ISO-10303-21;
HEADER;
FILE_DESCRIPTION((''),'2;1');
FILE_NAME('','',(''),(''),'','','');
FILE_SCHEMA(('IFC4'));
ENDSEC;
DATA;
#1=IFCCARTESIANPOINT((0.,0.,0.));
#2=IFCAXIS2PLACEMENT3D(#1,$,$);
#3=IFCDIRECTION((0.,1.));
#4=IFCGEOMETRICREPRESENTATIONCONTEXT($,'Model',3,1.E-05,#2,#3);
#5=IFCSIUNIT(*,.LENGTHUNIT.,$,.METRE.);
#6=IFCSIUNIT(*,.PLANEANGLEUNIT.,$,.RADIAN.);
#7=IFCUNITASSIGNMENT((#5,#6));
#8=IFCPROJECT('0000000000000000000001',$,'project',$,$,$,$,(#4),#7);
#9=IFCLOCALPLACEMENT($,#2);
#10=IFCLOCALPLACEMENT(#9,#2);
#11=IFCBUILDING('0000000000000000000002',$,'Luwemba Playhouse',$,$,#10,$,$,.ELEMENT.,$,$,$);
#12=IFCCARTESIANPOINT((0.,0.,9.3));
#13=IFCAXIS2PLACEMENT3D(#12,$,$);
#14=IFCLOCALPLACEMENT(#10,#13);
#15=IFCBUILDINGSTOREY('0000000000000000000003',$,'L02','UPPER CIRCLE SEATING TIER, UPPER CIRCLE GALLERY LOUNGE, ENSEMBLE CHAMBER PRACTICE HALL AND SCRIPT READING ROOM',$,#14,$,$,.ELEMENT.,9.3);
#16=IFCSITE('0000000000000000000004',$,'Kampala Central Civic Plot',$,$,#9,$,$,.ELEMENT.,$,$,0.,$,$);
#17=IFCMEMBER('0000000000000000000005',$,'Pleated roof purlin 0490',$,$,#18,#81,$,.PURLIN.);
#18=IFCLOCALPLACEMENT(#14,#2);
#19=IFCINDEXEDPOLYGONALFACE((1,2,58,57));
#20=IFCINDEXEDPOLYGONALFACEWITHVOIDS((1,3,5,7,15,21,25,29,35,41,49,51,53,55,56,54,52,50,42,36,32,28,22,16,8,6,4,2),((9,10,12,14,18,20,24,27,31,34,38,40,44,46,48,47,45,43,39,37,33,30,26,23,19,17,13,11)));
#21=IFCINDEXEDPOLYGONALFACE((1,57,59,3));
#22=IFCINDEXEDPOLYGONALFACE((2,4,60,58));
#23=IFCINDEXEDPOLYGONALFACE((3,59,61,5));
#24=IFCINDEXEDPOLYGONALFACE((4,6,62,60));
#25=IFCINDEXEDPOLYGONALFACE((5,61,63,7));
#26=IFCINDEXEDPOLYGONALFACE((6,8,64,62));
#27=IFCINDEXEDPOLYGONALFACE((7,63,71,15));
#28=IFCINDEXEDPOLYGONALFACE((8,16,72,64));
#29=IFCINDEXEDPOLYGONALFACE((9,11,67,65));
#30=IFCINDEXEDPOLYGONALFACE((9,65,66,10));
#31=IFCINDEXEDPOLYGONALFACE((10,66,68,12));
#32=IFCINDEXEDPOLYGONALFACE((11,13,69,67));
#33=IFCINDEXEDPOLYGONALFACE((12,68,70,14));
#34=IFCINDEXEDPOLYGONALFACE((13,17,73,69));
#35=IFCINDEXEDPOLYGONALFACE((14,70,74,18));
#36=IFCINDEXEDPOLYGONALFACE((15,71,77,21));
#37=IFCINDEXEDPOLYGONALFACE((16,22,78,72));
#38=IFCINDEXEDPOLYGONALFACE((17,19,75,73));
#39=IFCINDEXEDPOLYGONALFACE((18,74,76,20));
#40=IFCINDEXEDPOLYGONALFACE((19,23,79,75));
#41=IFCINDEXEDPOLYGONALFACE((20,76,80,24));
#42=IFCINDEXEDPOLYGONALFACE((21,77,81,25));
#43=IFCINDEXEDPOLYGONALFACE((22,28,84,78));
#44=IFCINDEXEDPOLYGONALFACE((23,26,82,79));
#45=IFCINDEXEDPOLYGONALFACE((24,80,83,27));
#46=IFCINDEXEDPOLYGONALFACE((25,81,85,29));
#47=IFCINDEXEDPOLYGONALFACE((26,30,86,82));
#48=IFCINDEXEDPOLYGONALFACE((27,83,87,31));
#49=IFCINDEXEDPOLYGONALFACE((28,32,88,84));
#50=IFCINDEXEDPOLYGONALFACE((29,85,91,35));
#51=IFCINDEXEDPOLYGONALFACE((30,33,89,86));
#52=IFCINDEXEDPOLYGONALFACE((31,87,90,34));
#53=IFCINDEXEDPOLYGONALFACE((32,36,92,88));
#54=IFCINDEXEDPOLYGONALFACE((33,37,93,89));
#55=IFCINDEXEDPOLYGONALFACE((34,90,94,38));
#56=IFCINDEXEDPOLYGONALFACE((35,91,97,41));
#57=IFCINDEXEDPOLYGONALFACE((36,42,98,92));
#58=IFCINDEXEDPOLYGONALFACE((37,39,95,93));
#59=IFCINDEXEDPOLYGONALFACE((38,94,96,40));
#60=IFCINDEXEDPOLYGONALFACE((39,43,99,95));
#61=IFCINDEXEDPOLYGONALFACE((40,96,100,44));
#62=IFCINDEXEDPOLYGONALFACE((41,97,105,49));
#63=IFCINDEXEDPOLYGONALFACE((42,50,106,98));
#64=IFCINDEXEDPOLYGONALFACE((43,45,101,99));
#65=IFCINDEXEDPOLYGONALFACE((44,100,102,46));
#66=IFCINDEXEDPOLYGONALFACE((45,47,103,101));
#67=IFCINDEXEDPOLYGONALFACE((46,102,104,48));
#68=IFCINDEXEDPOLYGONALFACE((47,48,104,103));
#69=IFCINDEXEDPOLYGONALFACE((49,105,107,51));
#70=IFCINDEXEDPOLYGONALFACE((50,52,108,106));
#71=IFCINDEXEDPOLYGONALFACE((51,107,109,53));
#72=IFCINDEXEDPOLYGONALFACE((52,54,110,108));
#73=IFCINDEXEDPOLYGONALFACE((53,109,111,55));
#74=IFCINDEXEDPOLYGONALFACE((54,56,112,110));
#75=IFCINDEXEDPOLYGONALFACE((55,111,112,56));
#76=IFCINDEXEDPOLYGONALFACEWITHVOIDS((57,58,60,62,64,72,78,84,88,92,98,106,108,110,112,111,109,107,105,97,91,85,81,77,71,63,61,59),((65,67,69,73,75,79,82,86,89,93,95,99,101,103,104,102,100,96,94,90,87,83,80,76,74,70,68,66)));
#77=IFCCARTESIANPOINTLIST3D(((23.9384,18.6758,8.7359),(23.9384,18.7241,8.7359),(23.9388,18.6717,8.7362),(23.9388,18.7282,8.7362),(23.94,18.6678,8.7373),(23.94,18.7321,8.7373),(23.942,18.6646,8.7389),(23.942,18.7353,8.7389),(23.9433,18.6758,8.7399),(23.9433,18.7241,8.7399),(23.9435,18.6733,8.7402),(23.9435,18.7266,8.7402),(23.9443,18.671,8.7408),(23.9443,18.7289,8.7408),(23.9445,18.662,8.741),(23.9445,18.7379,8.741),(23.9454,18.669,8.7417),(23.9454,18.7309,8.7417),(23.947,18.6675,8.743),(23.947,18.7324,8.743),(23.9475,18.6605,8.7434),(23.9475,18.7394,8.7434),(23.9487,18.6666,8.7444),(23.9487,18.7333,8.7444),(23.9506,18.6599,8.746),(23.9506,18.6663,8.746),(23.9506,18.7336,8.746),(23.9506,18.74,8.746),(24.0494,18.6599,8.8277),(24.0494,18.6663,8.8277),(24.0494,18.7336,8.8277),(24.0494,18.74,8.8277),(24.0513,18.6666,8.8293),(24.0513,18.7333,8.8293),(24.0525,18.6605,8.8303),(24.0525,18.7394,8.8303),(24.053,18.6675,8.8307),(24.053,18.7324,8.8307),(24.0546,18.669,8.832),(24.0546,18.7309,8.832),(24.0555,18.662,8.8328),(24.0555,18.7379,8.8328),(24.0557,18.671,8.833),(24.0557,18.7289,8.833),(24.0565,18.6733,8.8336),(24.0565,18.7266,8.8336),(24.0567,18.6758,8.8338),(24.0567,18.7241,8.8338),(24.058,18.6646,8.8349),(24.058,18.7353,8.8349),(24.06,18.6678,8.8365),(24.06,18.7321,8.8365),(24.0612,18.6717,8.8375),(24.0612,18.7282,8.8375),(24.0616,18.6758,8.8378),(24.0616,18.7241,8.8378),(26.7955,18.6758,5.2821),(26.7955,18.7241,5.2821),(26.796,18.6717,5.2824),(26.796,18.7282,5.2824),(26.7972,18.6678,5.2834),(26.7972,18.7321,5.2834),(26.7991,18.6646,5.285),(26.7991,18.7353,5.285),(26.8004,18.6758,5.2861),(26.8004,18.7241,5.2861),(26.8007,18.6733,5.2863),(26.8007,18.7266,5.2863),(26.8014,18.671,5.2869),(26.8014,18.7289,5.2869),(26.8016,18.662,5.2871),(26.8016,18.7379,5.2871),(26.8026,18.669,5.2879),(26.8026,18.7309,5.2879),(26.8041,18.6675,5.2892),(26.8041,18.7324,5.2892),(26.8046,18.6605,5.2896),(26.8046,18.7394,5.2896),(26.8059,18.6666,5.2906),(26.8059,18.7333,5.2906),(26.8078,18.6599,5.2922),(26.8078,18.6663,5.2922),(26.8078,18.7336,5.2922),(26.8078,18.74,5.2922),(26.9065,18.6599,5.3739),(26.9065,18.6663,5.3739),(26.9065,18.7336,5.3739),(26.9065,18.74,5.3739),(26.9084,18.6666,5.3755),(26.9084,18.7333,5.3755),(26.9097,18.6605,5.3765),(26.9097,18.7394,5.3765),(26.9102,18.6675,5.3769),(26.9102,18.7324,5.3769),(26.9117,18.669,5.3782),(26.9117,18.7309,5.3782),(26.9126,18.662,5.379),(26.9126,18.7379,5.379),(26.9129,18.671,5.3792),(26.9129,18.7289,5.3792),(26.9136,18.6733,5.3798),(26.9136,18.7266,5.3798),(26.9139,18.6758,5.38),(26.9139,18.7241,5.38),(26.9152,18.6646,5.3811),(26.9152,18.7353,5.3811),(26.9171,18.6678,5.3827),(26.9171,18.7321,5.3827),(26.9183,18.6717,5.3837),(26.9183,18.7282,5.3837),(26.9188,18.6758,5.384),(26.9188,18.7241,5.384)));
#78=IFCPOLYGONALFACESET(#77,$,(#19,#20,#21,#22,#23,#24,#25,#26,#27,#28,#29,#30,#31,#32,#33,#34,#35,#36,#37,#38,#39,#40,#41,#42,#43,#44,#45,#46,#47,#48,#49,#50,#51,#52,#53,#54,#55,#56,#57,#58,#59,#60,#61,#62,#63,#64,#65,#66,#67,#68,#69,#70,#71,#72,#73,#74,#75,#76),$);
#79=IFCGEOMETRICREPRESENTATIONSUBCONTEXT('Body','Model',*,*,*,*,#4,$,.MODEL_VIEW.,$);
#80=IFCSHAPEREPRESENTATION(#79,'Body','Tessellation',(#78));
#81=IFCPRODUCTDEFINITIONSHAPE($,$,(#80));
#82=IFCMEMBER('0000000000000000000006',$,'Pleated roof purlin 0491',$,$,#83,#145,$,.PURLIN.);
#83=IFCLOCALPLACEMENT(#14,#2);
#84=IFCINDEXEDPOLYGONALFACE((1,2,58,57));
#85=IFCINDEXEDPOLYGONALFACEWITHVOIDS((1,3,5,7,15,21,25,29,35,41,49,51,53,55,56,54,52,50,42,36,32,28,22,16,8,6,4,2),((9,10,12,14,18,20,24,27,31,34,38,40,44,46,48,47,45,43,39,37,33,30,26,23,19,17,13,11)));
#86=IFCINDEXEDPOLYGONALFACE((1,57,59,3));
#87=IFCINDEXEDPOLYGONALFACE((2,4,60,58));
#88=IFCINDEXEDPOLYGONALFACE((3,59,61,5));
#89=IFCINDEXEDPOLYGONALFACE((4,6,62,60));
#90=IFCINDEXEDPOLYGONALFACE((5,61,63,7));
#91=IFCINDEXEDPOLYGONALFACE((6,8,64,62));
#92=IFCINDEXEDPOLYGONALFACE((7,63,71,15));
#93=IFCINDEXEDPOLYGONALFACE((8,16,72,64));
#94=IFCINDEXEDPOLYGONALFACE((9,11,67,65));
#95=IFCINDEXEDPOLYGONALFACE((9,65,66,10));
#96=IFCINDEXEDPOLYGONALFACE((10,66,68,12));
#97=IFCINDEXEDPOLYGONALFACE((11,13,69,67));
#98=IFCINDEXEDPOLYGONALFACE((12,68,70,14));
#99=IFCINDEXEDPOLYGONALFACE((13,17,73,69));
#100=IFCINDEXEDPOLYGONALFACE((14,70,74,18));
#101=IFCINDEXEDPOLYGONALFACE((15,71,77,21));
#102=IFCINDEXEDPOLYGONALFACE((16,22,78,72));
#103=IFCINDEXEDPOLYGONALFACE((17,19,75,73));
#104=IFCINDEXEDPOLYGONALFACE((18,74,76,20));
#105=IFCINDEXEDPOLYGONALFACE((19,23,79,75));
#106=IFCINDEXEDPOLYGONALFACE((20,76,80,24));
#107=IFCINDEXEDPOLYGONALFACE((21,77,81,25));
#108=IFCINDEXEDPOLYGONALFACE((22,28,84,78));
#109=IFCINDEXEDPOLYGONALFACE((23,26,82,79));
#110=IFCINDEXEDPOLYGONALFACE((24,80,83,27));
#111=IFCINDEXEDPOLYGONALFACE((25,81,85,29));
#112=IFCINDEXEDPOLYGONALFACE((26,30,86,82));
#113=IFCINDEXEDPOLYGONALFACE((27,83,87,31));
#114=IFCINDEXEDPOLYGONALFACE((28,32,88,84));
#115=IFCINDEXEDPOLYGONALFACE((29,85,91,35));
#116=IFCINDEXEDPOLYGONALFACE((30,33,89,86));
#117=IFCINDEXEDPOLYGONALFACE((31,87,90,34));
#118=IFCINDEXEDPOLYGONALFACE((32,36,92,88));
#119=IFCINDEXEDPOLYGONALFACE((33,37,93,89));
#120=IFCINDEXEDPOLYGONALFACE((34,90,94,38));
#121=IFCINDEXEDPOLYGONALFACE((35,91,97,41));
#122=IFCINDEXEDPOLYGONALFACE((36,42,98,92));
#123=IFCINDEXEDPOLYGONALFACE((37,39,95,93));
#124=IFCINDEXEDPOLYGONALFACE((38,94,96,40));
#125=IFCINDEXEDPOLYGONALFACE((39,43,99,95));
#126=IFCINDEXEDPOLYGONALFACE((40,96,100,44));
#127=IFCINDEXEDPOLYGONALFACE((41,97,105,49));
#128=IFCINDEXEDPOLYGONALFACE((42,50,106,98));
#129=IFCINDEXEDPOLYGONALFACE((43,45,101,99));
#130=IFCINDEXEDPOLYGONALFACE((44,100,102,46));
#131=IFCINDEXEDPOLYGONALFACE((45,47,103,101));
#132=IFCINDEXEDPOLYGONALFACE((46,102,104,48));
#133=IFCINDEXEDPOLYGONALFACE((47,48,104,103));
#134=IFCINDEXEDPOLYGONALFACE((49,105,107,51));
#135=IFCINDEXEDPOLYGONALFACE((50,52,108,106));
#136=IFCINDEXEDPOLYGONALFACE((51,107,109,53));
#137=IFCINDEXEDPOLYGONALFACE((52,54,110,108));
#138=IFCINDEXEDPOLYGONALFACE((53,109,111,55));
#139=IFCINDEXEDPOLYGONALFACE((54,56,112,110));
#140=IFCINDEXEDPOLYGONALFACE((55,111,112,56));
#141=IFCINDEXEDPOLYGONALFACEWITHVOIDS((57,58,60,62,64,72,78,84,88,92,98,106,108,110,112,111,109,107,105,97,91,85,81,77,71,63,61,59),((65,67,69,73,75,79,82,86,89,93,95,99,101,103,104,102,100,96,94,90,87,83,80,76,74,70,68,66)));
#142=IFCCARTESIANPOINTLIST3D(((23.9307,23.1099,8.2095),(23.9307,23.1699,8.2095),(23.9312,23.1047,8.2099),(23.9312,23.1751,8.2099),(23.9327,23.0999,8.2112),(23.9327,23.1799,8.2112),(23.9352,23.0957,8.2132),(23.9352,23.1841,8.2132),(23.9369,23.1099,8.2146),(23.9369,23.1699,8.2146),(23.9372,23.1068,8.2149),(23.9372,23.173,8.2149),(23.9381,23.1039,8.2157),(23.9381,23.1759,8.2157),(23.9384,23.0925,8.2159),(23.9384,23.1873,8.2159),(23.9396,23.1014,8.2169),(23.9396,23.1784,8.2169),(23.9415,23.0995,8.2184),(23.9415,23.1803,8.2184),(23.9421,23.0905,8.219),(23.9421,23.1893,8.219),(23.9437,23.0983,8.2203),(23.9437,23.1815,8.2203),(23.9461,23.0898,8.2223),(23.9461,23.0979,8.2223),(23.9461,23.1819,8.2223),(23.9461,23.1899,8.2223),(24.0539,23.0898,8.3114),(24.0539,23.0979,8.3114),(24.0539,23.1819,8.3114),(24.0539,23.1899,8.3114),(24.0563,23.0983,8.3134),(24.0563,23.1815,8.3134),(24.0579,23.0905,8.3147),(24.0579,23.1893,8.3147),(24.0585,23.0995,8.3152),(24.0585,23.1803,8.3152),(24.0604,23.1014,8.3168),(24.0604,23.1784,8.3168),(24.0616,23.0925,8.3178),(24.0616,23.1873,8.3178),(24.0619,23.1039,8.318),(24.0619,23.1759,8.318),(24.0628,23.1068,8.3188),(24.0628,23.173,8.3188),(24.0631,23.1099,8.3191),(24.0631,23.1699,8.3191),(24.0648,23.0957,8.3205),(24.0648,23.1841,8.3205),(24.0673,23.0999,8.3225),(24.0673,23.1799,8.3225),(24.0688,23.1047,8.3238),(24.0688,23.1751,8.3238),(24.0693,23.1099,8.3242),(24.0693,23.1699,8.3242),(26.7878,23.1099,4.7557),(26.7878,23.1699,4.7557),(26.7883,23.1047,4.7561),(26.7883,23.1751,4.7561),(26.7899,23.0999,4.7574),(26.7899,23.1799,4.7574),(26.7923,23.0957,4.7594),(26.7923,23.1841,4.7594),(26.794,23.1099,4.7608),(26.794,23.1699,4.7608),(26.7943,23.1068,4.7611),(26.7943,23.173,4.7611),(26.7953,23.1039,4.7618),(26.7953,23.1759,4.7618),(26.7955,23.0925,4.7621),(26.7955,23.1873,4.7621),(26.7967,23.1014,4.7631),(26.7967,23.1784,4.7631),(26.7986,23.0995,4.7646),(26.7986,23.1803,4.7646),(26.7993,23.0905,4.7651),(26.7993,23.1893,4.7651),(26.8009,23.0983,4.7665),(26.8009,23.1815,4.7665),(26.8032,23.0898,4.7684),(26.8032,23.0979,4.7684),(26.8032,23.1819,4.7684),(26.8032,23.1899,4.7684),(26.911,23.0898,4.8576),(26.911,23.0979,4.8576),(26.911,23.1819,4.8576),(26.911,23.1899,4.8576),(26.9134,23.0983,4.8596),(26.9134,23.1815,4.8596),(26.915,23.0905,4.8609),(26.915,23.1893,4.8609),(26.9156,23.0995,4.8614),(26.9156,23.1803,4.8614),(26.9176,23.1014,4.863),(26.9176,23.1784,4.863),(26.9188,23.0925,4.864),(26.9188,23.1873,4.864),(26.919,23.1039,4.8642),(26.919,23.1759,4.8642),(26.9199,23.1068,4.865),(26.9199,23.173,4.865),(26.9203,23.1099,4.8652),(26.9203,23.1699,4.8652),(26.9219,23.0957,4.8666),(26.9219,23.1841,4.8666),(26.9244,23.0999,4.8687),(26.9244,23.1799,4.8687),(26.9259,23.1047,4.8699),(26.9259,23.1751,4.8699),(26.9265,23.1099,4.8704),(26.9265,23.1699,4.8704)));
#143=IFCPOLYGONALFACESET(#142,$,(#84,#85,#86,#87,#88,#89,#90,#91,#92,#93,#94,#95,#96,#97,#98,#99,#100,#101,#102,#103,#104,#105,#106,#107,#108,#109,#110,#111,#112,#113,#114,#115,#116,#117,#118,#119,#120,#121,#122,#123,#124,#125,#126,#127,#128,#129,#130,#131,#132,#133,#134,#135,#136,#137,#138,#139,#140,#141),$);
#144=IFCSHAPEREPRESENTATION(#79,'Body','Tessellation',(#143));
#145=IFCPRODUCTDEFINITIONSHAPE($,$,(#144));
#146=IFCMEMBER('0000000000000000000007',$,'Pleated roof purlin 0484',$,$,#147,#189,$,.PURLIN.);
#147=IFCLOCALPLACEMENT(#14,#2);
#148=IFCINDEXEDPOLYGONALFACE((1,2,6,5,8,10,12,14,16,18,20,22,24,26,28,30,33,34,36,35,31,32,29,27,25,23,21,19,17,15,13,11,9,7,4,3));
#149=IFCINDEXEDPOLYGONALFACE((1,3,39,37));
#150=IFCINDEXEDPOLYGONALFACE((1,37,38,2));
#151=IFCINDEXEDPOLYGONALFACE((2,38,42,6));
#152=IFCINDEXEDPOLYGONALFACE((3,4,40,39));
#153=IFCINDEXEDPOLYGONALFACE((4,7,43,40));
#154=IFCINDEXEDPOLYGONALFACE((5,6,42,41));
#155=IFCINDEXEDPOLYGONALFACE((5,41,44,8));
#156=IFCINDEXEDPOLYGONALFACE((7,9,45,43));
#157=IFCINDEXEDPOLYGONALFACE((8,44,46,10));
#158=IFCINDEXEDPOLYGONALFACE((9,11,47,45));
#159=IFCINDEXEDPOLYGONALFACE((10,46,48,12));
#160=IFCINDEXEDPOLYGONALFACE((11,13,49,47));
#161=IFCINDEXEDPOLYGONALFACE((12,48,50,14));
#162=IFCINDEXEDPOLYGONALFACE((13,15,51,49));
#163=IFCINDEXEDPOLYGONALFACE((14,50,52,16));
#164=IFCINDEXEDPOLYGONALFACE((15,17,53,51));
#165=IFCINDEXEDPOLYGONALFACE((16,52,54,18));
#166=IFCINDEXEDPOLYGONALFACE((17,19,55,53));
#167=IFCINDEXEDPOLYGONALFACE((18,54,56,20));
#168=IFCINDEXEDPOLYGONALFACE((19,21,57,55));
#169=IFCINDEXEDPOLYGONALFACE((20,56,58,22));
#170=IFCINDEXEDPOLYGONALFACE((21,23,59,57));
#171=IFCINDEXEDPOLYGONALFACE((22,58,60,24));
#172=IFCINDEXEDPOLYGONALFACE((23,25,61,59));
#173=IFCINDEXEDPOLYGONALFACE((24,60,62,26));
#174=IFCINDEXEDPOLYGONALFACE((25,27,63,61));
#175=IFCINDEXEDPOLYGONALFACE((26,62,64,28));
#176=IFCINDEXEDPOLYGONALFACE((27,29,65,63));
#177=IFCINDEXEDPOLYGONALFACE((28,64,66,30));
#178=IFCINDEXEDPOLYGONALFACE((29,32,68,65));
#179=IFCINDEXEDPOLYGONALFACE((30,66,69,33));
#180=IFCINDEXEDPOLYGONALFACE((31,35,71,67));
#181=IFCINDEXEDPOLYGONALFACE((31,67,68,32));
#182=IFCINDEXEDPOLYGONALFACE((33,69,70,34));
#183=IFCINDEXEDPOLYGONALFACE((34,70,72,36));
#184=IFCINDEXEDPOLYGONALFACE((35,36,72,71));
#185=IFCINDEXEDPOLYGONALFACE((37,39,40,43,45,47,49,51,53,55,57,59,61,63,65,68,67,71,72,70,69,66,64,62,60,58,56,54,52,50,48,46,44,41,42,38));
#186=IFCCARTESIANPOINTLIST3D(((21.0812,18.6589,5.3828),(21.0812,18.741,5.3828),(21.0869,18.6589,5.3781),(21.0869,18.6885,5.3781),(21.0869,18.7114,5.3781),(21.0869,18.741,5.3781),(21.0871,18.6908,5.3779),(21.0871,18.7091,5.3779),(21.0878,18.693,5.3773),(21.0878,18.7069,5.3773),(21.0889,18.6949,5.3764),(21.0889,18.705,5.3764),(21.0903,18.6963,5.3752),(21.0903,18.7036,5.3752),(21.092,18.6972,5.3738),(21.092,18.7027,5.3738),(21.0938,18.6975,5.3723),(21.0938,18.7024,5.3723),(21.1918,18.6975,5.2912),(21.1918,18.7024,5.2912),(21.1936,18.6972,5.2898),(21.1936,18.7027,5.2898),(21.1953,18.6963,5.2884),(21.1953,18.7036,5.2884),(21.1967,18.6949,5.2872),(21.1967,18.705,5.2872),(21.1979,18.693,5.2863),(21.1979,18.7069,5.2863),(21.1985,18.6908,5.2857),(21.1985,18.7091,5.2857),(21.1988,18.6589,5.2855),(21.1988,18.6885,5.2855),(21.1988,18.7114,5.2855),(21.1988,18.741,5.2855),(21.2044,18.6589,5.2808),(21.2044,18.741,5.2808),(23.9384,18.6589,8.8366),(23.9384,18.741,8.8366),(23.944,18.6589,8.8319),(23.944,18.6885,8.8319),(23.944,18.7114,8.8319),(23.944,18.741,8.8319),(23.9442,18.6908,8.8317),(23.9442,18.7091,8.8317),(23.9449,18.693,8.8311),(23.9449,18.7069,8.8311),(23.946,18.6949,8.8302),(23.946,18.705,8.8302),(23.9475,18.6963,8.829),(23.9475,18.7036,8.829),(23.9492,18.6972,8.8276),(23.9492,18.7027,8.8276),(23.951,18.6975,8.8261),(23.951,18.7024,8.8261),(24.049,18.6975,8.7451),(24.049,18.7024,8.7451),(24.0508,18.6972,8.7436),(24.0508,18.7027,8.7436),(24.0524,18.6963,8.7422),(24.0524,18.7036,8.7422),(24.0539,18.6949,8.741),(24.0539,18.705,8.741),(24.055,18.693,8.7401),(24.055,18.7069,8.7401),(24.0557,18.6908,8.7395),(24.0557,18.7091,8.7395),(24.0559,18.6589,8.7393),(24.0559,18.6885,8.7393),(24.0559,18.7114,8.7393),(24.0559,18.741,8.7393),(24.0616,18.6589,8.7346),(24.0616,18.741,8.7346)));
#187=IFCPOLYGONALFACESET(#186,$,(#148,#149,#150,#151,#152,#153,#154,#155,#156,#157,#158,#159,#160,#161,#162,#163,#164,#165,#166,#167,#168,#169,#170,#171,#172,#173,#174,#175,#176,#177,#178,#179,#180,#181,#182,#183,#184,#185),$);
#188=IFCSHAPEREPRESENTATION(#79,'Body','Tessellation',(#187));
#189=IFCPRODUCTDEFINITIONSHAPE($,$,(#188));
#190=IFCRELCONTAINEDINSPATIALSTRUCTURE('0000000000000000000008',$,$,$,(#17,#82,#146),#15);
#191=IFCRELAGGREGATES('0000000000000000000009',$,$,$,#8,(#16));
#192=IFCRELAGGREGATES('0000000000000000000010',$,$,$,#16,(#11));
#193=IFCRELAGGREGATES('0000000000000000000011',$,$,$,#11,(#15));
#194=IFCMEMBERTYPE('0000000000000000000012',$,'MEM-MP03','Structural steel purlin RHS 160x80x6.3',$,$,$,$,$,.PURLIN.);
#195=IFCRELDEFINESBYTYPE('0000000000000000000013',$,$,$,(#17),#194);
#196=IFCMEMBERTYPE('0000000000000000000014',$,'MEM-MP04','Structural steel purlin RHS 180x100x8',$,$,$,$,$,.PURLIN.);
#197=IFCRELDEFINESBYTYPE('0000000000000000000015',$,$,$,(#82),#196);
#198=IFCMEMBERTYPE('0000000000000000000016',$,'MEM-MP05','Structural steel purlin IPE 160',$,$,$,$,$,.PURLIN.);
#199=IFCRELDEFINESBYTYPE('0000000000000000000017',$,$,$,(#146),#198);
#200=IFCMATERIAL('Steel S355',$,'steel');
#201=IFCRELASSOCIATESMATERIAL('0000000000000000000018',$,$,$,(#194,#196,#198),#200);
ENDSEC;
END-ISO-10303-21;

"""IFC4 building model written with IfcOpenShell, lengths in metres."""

from ifc_helpers import new_model, si_unit, direction, frame, origin, origin_2d, place, context, subcontext, project, spatial, hollow_rectangle, i_section, extrude, material, material_profile, profile_set, type_object, element, save


model = new_model("IFC4")

# Units and contexts
model_context = context("Model", 3, precision=1e-05, world=origin(), true_north=direction((0.0, 1.0)))
body_context = subcontext(model_context, "Body", "Model", "MODEL_VIEW")
ifc_project = project(units=[si_unit("LENGTHUNIT", "METRE"), si_unit("PLANEANGLEUNIT", "RADIAN")], contexts=[model_context])

# Site, building, storey
site_placement = place(None, origin())
site = spatial("IfcSite", under=ifc_project, at=site_placement, Name="Kampala Central Civic Plot", CompositionType="ELEMENT", RefElevation=0.0)
building_placement = place(site_placement, origin())
building = spatial("IfcBuilding", under=site, at=building_placement, Name="Luwemba Playhouse", CompositionType="ELEMENT")
storey_placement = place(building_placement, frame((0.0, 0.0, 9.3)))
storey = spatial("IfcBuildingStorey", under=building, at=storey_placement, Name="L02", Description="UPPER CIRCLE SEATING TIER, UPPER CIRCLE GALLERY LOUNGE, ENSEMBLE CHAMBER PRACTICE HALL AND SCRIPT READING ROOM", CompositionType="ELEMENT", Elevation=9.3)

# Shared definitions
ifc_material_1 = material(Name="Steel S355", Category="steel")

# Members
ifc_material_profile_1 = material_profile(ifc_material_1, hollow_rectangle(XDim=0.0801, YDim=0.1599, WallThickness=0.0063, InnerFilletRadius=0.0095, OuterFilletRadius=0.0159, at=origin_2d()))
ifc_profile_set_1 = profile_set([ifc_material_profile_1], Name="Steel S355")
member_type_1 = type_object("IfcMemberType", Name="MEM-MP03", Description="Structural steel purlin RHS 160x80x6.3", PredefinedType="PURLIN", material=ifc_profile_set_1)
member_1_placement = place(storey_placement, frame((24.0, 18.7, 8.7869), z_axis=(0.637411, 0.0, -0.770524), x_axis=(0.0, 1.0, 0.0)))
element("IfcMember", 1, at=member_1_placement, inside=storey, type_object=member_type_1, Name="Pleated roof purlin 0490", PredefinedType="PURLIN", context=body_context, shape_type="SweptSolid", body=[
    extrude(hollow_rectangle(XDim=0.0801, YDim=0.1599, WallThickness=0.0063, InnerFilletRadius=0.0095, OuterFilletRadius=0.0159, at=origin_2d()), origin(), (0.0, 0.0, 1.0), 4.4824),
])
ifc_material_profile_2 = material_profile(ifc_material_1, hollow_rectangle(XDim=0.1001, YDim=0.1799, WallThickness=0.0081, InnerFilletRadius=0.012, OuterFilletRadius=0.02, at=origin_2d()))
ifc_profile_set_2 = profile_set([ifc_material_profile_2], Name="Steel S355")
member_type_2 = type_object("IfcMemberType", Name="MEM-MP04", Description="Structural steel purlin RHS 180x100x8", PredefinedType="PURLIN", material=ifc_profile_set_2)
member_2_placement = place(storey_placement, frame((24.0, 23.1399, 8.2668), z_axis=(0.637411, 0.0, -0.770524), x_axis=(0.0, 1.0, 0.0)))
element("IfcMember", 2, at=member_2_placement, inside=storey, type_object=member_type_2, Name="Pleated roof purlin 0491", PredefinedType="PURLIN", context=body_context, shape_type="SweptSolid", body=[
    extrude(hollow_rectangle(XDim=0.1001, YDim=0.1799, WallThickness=0.0081, InnerFilletRadius=0.012, OuterFilletRadius=0.02, at=origin_2d()), origin(), (0.0, 0.0, 1.0), 4.4824),
])
ifc_material_profile_3 = material_profile(ifc_material_1, i_section(OverallWidth=0.082, OverallDepth=0.1599, WebThickness=0.0049, FlangeThickness=0.0073, FilletRadius=0.009, at=origin_2d()))
ifc_profile_set_3 = profile_set([ifc_material_profile_3], Name="Steel S355")
member_type_3 = type_object("IfcMemberType", Name="MEM-MP05", Description="Structural steel purlin IPE 160", PredefinedType="PURLIN", material=ifc_profile_set_3)
member_3_placement = place(storey_placement, frame((21.1428, 18.7, 5.3318), z_axis=(0.637411, 0.0, 0.770524), x_axis=(0.0, 1.0, 0.0)))
element("IfcMember", 3, at=member_3_placement, inside=storey, type_object=member_type_3, Name="Pleated roof purlin 0484", PredefinedType="PURLIN", context=body_context, shape_type="SweptSolid", body=[
    extrude(i_section(OverallWidth=0.082, OverallDepth=0.1599, WebThickness=0.0049, FlangeThickness=0.0073, FilletRadius=0.009, at=origin_2d()), origin(), (0.0, 0.0, 1.0), 4.4824),
])

save(model, "model.ifc")
